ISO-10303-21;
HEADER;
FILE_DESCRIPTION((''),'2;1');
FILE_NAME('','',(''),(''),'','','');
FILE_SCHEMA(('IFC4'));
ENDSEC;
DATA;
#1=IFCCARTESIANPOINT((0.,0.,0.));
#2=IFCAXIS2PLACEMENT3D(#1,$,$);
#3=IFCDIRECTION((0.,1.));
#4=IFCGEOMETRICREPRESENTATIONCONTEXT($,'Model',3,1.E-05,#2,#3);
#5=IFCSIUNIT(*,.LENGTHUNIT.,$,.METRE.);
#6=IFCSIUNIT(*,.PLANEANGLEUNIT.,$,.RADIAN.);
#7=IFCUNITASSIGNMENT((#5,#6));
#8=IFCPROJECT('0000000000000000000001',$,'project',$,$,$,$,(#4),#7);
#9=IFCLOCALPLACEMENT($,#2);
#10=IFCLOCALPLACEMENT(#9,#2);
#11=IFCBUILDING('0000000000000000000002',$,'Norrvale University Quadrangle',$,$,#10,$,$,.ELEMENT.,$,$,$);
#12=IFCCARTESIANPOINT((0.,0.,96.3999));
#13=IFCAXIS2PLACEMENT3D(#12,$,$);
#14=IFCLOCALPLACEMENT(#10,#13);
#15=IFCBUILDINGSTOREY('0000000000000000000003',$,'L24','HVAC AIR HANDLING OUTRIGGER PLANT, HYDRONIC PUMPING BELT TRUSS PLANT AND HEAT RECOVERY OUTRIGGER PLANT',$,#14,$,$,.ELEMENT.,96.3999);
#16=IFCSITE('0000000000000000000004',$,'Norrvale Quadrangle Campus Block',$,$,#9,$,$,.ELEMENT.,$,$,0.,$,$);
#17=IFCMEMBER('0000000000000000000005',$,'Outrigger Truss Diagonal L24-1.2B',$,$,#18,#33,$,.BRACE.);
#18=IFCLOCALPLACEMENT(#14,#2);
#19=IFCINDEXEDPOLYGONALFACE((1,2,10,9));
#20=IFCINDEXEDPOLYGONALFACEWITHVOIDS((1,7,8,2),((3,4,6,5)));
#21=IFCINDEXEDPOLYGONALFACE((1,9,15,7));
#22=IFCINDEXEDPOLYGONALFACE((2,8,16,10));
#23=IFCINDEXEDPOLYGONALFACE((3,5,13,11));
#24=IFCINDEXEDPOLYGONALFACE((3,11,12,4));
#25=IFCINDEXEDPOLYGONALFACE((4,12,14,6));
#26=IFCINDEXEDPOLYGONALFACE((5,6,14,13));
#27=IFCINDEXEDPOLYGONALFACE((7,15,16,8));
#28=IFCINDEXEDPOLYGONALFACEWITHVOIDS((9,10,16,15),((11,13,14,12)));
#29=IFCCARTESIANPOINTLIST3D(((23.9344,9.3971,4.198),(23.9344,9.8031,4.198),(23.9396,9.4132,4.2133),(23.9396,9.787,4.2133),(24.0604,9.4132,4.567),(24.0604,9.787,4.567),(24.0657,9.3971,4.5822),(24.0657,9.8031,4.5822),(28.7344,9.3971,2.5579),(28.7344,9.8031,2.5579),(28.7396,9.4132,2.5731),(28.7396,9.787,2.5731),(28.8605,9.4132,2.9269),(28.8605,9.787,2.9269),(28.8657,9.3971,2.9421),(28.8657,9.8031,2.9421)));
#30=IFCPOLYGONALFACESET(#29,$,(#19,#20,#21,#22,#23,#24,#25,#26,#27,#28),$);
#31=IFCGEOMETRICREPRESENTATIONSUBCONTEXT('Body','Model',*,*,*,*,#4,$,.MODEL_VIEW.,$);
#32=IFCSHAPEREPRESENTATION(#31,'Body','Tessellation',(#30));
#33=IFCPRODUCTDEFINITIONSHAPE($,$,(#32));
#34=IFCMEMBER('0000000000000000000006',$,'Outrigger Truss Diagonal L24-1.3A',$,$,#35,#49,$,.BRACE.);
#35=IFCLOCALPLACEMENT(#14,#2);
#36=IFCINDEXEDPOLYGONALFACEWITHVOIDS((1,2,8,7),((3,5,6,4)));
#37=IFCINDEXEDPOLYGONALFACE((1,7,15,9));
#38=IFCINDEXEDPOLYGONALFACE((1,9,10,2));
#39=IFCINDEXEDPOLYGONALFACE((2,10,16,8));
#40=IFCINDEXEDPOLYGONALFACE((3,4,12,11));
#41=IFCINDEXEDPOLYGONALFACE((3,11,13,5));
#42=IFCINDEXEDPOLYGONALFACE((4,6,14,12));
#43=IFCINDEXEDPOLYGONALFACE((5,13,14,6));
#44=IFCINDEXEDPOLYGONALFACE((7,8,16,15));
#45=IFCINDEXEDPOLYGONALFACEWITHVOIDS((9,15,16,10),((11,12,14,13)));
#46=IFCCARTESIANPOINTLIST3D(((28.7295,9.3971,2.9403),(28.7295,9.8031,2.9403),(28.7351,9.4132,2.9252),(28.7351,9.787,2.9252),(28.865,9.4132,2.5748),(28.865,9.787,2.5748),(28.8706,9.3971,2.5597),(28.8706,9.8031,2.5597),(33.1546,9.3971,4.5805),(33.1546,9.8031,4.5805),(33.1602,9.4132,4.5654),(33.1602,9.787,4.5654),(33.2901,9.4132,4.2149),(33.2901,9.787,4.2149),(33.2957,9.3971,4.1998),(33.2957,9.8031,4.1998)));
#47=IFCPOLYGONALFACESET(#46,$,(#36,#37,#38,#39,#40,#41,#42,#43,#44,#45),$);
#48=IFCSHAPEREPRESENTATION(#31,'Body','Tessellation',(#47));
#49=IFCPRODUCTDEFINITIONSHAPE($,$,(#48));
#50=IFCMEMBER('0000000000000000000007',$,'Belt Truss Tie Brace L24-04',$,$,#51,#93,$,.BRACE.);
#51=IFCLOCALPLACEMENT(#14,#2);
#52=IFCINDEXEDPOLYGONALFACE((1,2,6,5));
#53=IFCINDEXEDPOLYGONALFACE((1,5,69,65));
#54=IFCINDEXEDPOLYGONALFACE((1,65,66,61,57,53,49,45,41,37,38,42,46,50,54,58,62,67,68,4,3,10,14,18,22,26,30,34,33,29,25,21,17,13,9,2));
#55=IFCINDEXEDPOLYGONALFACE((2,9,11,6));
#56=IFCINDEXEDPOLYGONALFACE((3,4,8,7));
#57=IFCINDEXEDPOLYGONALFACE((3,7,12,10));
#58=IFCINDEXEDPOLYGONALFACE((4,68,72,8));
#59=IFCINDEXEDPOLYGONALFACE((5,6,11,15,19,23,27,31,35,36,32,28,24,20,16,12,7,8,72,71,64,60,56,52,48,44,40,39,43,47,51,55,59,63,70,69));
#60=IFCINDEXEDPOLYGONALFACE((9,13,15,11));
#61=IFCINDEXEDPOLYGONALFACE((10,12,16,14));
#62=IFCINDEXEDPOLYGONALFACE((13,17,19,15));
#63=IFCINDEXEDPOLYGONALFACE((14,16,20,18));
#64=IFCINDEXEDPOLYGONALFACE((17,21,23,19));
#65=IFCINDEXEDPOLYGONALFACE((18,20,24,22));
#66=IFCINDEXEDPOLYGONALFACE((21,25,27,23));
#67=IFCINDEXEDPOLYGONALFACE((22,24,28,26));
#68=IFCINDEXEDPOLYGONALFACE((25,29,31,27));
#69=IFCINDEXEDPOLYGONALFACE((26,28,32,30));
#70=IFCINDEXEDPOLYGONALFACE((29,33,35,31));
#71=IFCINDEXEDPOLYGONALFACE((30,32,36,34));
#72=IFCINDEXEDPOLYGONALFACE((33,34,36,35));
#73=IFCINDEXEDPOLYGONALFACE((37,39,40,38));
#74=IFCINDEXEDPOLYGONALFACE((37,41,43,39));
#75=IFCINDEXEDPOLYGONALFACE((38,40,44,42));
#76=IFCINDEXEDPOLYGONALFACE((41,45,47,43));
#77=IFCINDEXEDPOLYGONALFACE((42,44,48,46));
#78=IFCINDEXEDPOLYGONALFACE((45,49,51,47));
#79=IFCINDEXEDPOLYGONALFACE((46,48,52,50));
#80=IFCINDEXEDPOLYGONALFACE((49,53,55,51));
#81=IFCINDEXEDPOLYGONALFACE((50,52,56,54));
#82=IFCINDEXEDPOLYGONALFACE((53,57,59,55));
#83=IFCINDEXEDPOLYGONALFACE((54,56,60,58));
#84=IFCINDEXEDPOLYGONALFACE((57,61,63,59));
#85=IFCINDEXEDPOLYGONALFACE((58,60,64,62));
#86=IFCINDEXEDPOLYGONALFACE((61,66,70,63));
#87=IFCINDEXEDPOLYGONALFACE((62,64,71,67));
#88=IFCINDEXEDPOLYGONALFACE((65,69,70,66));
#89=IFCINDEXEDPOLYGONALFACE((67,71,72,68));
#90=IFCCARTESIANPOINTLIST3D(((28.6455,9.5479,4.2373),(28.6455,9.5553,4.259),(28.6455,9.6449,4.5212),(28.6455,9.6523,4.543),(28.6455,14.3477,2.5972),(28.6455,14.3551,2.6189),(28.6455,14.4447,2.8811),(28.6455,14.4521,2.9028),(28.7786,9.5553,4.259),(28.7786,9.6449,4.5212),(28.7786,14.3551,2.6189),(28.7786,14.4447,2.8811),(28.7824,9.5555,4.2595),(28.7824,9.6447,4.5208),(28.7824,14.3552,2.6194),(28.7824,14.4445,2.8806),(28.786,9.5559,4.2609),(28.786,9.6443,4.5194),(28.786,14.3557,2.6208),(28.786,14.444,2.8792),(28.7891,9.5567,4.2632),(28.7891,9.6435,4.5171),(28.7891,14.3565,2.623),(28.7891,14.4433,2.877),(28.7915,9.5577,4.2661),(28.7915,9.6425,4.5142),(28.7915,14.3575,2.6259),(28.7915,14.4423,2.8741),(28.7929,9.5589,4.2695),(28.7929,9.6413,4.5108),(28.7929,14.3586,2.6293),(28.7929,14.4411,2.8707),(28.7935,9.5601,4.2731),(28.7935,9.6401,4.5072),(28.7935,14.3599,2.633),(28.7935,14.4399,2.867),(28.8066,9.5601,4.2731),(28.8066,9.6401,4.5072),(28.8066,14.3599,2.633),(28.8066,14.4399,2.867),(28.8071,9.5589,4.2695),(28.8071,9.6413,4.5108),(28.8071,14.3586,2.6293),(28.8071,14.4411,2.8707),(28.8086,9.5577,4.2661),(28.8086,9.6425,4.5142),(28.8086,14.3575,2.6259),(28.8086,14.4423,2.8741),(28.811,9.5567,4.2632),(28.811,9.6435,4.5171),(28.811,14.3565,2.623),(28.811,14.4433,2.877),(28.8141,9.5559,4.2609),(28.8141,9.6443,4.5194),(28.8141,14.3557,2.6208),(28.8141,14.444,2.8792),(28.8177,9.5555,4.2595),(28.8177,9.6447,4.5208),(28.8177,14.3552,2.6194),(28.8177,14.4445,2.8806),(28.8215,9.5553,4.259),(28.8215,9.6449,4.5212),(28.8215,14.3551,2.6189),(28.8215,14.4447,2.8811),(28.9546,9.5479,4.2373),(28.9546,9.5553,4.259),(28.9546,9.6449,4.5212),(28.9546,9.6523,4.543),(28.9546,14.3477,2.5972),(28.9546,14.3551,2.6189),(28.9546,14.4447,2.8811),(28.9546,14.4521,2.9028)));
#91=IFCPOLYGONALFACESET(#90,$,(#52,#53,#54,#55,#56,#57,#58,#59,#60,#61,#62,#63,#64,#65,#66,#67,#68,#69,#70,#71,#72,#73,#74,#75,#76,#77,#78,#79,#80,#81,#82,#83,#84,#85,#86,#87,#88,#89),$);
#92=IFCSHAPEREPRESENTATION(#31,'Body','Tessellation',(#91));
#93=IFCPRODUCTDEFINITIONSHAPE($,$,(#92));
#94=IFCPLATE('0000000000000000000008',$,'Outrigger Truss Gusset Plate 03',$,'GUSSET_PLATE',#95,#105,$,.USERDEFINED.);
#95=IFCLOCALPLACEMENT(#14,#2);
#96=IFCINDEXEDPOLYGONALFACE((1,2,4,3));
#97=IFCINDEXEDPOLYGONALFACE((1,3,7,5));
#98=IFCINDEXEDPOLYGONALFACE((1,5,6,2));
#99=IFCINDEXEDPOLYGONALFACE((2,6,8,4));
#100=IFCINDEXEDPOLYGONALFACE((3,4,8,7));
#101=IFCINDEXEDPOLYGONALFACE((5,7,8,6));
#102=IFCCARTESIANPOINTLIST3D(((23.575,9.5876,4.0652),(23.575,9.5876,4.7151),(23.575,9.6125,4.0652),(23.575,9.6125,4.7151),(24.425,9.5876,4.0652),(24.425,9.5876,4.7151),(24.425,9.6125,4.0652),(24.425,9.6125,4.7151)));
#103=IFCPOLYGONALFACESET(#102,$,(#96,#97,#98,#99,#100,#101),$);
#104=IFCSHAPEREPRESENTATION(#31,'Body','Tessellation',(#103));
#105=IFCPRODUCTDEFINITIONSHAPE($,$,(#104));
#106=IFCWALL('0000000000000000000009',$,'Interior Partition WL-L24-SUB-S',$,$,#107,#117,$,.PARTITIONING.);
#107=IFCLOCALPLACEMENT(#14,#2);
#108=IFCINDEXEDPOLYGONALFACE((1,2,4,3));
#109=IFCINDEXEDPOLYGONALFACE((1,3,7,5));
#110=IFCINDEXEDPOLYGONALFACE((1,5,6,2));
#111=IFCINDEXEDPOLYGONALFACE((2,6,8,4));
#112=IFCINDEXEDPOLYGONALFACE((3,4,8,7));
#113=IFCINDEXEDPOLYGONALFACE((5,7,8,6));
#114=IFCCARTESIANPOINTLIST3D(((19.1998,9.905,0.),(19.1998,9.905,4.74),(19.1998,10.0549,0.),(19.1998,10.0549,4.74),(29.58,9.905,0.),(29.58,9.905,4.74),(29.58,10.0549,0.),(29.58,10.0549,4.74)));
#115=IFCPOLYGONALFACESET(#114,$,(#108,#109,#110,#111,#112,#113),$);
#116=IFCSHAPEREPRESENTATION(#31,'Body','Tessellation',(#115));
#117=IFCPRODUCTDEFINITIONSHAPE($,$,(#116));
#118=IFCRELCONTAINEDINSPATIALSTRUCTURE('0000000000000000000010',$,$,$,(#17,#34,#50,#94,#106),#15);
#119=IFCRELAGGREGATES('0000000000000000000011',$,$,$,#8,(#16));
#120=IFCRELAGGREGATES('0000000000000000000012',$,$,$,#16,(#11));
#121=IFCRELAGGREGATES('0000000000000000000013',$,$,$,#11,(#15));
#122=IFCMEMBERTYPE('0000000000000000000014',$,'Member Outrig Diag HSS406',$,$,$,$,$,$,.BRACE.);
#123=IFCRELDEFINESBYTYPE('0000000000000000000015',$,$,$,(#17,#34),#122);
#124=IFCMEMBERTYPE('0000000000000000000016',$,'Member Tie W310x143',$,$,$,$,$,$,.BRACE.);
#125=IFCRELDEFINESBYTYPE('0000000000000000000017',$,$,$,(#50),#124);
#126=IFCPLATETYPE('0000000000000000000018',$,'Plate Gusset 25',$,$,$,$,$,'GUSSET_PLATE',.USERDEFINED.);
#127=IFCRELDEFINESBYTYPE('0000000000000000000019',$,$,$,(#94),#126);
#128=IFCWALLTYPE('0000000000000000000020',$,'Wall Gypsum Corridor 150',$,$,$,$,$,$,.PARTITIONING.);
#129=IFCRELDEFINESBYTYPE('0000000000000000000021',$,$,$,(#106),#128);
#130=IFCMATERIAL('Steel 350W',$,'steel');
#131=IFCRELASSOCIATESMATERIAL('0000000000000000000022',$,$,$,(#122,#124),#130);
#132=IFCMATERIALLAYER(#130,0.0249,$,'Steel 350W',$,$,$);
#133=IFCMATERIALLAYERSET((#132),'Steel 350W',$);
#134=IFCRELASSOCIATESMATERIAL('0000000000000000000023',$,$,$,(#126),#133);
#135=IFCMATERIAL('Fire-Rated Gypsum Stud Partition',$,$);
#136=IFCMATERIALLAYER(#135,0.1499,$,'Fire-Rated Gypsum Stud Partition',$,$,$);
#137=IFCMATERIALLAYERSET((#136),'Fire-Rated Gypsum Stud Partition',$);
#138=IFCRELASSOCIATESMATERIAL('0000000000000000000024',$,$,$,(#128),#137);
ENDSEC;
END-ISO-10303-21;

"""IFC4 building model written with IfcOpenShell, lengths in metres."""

from ifc_helpers import new_model, si_unit, direction, frame, frame_2d, origin, origin_2d, place, context, subcontext, project, spatial, rectangle, hollow_rectangle, i_section, extrude, material, layer, layer_set, material_profile, profile_set, type_object, element, save


model = new_model("IFC4")

# Units and contexts
model_context = context("Model", 3, precision=1e-05, world=origin(), true_north=direction((0.0, 1.0)))
body_context = subcontext(model_context, "Body", "Model", "MODEL_VIEW")
ifc_project = project(units=[si_unit("LENGTHUNIT", "METRE"), si_unit("PLANEANGLEUNIT", "RADIAN")], contexts=[model_context])

# Site, building, storey
site_placement = place(None, origin())
site = spatial("IfcSite", under=ifc_project, at=site_placement, Name="Norrvale Quadrangle Campus Block", CompositionType="ELEMENT", RefElevation=0.0)
building_placement = place(site_placement, origin())
building = spatial("IfcBuilding", under=site, at=building_placement, Name="Norrvale University Quadrangle", CompositionType="ELEMENT")
storey_placement = place(building_placement, frame((0.0, 0.0, 96.3999)))
storey = spatial("IfcBuildingStorey", under=building, at=storey_placement, Name="L24", Description="HVAC AIR HANDLING OUTRIGGER PLANT, HYDRONIC PUMPING BELT TRUSS PLANT AND HEAT RECOVERY OUTRIGGER PLANT", CompositionType="ELEMENT", Elevation=96.3999)

# Shared definitions
ifc_material_1 = material(Name="Steel 350W", Category="steel")

# Members
ifc_material_profile_1 = material_profile(ifc_material_1, hollow_rectangle(XDim=0.406, YDim=0.406, WallThickness=0.0161, at=origin_2d()), Name="Steel 350W")
ifc_profile_set_1 = profile_set([ifc_material_profile_1], Name="Steel 350W")
member_type_1 = type_object("IfcMemberType", Name="Member Outrig Diag HSS406", PredefinedType="BRACE", material=ifc_profile_set_1)
for number, where, z_axis, x_axis, name in (
    (1, (28.8, 9.6001, 2.75), (-0.946284, 0.0, 0.323337), (0.0, -1.0, 0.0), "Outrigger Truss Diagonal L24-1.2B"),
):
    element("IfcMember", number, at=place(storey_placement, frame(where, z_axis=z_axis, x_axis=x_axis)), inside=storey, type_object=member_type_1, Name=name, PredefinedType="BRACE", context=body_context, shape_type="SweptSolid", body=[
        extrude(hollow_rectangle(XDim=0.406, YDim=0.406, WallThickness=0.0161, at=origin_2d()), origin(), (0.0, 0.0, 1.0), 5.0725),
    ])
member_1_placement = place(storey_placement, frame((28.8, 9.6001, 2.75), z_axis=(0.937664, 0.0, 0.347543), x_axis=(0.0, 1.0, 0.0)))
element("IfcMember", 2, at=member_1_placement, inside=storey, type_object=member_type_1, Name="Outrigger Truss Diagonal L24-1.3A", PredefinedType="BRACE", context=body_context, shape_type="SweptSolid", body=[
    extrude(hollow_rectangle(XDim=0.406, YDim=0.406, WallThickness=0.0161, at=origin_2d()), origin(), (0.0, 0.0, 1.0), 4.7192),
])
ifc_material_profile_2 = material_profile(ifc_material_1, i_section(OverallWidth=0.3091, OverallDepth=0.323, WebThickness=0.0132, FlangeThickness=0.0229, FilletRadius=0.0149, at=origin_2d()), Name="Steel 350W")
ifc_profile_set_2 = profile_set([ifc_material_profile_2], Name="Steel 350W")
member_type_2 = type_object("IfcMemberType", Name="Member Tie W310x143", PredefinedType="BRACE", material=ifc_profile_set_2)
member_2_placement = place(storey_placement, frame((28.8, 9.6001, 4.3901), z_axis=(0.0, 0.946279, -0.323352), x_axis=(-1.0, 0.0, 0.0)))
element("IfcMember", 3, at=member_2_placement, inside=storey, type_object=member_type_2, Name="Belt Truss Tie Brace L24-04", PredefinedType="BRACE", context=body_context, shape_type="SweptSolid", body=[
    extrude(i_section(OverallWidth=0.3091, OverallDepth=0.323, WebThickness=0.0132, FlangeThickness=0.0229, FilletRadius=0.0149, at=origin_2d()), origin(), (0.0, 0.0, 1.0), 5.0723),
])

# Plate
ifc_layer_1 = layer(ifc_material_1, 0.0249, Name="Steel 350W")
ifc_layer_set_1 = layer_set([ifc_layer_1], Name="Steel 350W")
plate_type = type_object("IfcPlateType", Name="Plate Gusset 25", ElementType="GUSSET_PLATE", PredefinedType="USERDEFINED", material=ifc_layer_set_1)
plate_placement = place(storey_placement, frame((24.0, 9.6001, 4.0652), z_axis=(0.0, 0.0, 1.0), x_axis=(1.0, 0.0, 0.0)))
element("IfcPlate", 4, at=plate_placement, inside=storey, type_object=plate_type, Name="Outrigger Truss Gusset Plate 03", ObjectType="GUSSET_PLATE", PredefinedType="USERDEFINED", context=body_context, shape_type="SweptSolid", body=[
    extrude(rectangle(XDim=0.8501, YDim=0.0249, at=origin_2d()), origin(), (0.0, 0.0, 1.0), 0.6499),
])

# Wall
ifc_material_2 = material(Name="Fire-Rated Gypsum Stud Partition")
ifc_layer_2 = layer(ifc_material_2, 0.1499, Name="Fire-Rated Gypsum Stud Partition")
ifc_layer_set_2 = layer_set([ifc_layer_2], Name="Fire-Rated Gypsum Stud Partition")
wall_type_1 = type_object("IfcWallType", Name="Wall Gypsum Corridor 150", PredefinedType="PARTITIONING", material=ifc_layer_set_2)
wall_1_placement = place(storey_placement, frame((19.2, 9.98, 0.0), z_axis=(0.0, 0.0, 1.0), x_axis=(1.0, 0.0, 0.0)))
element("IfcWall", 5, at=wall_1_placement, inside=storey, type_object=wall_type_1, Name="Interior Partition WL-L24-SUB-S", PredefinedType="PARTITIONING", context=body_context, shape_type="SweptSolid", body=[
    extrude(rectangle(XDim=10.3801, YDim=0.1499, at=frame_2d((5.1899, 0.0))), origin(), (0.0, 0.0, 1.0), 4.74),
])

save(model, "model.ifc")
